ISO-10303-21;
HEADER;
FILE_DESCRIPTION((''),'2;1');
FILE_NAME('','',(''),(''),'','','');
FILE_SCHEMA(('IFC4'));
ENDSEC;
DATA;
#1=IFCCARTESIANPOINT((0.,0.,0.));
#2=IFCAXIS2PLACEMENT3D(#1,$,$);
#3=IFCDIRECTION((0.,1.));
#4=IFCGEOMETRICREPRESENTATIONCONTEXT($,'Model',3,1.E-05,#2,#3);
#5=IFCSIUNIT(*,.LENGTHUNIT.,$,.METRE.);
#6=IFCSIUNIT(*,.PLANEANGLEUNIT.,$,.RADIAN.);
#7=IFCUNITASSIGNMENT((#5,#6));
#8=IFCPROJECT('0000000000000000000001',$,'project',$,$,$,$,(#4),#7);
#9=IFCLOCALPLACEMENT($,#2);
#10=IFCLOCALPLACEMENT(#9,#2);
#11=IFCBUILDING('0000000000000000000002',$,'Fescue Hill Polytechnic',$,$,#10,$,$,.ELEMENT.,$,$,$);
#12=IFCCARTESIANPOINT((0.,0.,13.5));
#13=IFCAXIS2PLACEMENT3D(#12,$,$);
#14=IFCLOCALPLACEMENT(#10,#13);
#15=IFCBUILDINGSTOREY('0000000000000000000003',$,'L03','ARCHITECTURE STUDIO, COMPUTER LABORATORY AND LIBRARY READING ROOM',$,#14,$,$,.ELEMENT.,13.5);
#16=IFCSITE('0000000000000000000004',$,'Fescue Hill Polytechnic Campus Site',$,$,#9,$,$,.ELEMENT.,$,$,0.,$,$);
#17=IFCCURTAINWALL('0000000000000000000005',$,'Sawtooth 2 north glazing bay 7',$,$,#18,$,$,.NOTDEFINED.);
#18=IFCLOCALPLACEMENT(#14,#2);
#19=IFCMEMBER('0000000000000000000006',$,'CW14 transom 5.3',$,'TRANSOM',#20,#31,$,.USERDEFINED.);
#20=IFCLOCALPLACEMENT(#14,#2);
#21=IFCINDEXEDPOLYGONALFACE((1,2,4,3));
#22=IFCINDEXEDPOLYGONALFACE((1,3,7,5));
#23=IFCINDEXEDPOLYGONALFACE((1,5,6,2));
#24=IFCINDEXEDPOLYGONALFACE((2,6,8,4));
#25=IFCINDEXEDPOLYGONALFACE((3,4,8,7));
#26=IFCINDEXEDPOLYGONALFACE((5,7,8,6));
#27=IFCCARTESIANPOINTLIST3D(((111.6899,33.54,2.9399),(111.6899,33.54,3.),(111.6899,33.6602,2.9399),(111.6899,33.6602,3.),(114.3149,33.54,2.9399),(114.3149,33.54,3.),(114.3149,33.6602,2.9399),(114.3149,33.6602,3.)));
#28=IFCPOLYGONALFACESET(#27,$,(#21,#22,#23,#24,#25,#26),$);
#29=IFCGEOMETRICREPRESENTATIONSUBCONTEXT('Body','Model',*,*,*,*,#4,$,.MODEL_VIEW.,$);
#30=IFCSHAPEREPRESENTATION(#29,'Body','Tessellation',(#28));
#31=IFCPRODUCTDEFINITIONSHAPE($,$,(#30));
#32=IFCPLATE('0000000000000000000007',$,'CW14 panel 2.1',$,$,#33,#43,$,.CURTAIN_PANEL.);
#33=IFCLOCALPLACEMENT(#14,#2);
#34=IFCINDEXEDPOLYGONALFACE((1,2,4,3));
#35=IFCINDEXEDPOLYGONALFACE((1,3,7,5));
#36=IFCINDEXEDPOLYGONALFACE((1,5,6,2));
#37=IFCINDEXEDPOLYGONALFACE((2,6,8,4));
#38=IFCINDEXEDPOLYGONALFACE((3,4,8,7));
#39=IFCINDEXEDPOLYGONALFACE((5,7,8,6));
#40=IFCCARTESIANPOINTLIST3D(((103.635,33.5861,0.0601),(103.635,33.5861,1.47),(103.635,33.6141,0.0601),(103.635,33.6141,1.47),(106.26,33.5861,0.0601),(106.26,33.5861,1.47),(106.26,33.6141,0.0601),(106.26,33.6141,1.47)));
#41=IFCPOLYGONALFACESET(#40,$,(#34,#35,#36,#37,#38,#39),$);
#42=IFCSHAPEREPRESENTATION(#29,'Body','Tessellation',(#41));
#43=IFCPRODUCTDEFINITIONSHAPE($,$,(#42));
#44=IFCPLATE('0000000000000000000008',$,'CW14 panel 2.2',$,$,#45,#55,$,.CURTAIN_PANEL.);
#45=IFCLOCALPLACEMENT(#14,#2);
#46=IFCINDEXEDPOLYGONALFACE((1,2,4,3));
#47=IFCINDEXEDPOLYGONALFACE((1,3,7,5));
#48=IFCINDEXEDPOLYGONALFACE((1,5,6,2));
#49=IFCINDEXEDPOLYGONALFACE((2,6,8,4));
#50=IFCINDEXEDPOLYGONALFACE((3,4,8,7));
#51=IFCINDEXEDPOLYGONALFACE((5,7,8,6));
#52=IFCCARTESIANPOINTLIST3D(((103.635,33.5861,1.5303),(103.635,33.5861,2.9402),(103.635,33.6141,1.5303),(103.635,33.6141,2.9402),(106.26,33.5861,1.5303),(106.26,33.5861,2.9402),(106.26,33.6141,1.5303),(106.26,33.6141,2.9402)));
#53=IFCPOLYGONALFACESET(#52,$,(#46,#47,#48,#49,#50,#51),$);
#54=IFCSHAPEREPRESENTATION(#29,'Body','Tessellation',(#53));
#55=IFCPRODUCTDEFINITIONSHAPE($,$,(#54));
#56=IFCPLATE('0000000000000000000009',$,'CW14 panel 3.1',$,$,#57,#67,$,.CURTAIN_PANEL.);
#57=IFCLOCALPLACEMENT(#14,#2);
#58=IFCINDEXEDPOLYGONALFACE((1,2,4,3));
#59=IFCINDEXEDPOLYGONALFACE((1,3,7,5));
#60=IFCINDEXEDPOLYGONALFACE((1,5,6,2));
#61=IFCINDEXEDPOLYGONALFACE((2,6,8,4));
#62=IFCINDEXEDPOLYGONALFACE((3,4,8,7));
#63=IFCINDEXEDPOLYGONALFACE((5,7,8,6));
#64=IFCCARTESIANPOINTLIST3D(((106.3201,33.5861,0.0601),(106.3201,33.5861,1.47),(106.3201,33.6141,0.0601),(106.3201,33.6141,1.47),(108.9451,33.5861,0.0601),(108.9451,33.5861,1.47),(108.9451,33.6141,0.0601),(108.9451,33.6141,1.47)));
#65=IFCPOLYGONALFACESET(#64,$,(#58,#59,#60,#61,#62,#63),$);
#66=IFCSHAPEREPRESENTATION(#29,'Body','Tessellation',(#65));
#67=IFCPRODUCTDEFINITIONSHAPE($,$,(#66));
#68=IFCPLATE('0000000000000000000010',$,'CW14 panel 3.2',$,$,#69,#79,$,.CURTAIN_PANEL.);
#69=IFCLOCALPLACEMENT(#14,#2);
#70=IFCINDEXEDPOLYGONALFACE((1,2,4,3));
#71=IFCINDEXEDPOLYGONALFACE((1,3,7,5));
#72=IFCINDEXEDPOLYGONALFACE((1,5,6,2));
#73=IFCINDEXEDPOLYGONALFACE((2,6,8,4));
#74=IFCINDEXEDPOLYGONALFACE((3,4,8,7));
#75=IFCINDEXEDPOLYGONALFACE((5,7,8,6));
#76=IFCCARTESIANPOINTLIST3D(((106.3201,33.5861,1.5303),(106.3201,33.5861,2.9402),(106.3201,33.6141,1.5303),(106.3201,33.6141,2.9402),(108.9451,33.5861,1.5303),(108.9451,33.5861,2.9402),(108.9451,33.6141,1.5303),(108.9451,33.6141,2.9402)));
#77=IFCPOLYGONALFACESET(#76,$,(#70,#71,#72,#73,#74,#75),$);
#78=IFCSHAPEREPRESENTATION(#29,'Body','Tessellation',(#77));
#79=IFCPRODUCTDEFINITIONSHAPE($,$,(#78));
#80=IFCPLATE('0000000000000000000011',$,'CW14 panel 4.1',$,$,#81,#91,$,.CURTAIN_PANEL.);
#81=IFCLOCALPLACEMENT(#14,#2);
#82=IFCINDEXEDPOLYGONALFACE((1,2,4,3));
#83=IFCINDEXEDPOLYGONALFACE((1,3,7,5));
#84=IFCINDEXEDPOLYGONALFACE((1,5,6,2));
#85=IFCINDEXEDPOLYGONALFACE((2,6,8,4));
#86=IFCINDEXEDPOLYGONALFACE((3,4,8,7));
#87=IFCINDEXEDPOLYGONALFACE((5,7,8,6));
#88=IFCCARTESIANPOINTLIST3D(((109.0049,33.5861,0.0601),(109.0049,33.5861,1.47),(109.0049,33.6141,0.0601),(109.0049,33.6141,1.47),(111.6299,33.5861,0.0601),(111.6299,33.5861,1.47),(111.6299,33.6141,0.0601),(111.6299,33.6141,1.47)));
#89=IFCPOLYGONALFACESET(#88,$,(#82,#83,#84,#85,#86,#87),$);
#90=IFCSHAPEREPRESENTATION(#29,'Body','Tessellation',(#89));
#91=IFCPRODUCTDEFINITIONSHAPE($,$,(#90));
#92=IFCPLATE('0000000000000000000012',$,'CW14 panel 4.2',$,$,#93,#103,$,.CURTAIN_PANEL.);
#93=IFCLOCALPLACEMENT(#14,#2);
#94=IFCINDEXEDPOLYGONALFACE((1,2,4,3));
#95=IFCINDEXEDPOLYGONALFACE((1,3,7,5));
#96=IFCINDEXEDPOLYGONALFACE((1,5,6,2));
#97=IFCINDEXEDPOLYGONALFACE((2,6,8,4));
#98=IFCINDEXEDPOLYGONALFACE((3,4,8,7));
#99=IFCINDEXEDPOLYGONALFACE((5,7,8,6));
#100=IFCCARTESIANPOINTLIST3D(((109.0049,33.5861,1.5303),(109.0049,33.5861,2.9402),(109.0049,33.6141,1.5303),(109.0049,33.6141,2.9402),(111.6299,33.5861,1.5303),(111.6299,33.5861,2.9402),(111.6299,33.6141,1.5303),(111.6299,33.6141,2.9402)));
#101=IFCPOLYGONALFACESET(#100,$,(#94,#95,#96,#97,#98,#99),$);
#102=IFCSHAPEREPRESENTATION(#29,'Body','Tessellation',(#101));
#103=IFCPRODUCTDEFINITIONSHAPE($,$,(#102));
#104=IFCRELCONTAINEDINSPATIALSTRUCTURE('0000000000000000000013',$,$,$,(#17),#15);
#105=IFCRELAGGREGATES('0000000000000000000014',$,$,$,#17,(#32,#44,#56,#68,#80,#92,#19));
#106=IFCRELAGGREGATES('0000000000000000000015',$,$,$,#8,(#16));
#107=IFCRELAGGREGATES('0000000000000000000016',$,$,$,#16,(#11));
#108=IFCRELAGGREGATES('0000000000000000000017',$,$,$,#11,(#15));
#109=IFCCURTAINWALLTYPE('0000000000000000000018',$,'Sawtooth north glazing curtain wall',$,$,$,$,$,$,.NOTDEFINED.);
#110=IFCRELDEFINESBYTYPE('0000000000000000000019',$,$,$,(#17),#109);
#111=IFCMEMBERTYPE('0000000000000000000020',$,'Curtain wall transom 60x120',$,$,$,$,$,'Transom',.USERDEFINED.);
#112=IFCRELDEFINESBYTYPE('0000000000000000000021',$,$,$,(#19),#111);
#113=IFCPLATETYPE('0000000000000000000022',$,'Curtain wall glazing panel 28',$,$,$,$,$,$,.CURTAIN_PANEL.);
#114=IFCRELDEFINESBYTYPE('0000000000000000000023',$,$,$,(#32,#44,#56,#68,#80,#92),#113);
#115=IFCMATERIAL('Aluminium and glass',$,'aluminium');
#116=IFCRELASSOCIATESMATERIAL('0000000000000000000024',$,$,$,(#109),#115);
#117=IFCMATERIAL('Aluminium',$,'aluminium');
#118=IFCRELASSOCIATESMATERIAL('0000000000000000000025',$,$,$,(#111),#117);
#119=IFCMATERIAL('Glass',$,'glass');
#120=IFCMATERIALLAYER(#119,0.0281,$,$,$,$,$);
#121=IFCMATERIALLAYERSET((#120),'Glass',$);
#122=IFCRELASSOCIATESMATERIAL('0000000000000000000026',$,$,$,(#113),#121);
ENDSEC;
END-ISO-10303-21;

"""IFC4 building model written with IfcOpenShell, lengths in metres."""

from ifc_helpers import new_model, si_unit, direction, frame, origin, origin_2d, place, context, subcontext, project, spatial, rectangle, extrude, material, layer, layer_set, material_profile, profile_set, type_object, element, aggregate, save


model = new_model("IFC4")

# Units and contexts
model_context = context("Model", 3, precision=1e-05, world=origin(), true_north=direction((0.0, 1.0)))
body_context = subcontext(model_context, "Body", "Model", "MODEL_VIEW")
ifc_project = project(units=[si_unit("LENGTHUNIT", "METRE"), si_unit("PLANEANGLEUNIT", "RADIAN")], contexts=[model_context])

# Site, building, storey
site_placement = place(None, origin())
site = spatial("IfcSite", under=ifc_project, at=site_placement, Name="Fescue Hill Polytechnic Campus Site", CompositionType="ELEMENT", RefElevation=0.0)
building_placement = place(site_placement, origin())
building = spatial("IfcBuilding", under=site, at=building_placement, Name="Fescue Hill Polytechnic", CompositionType="ELEMENT")
storey_placement = place(building_placement, frame((0.0, 0.0, 13.5)))
storey = spatial("IfcBuildingStorey", under=building, at=storey_placement, Name="L03", Description="ARCHITECTURE STUDIO, COMPUTER LABORATORY AND LIBRARY READING ROOM", CompositionType="ELEMENT", Elevation=13.5)

# Curtain wall
ifc_material_1 = material(Name="Aluminium and glass", Category="aluminium")
curtain_wall_type = type_object("IfcCurtainWallType", Name="Sawtooth north glazing curtain wall", PredefinedType="NOTDEFINED", material=ifc_material_1)
curtain_wall_1_placement = place(storey_placement, origin())
curtain_wall_1 = element("IfcCurtainWall", 1, at=curtain_wall_1_placement, inside=storey, type_object=curtain_wall_type, Name="Sawtooth 2 north glazing bay 7", PredefinedType="NOTDEFINED")
ifc_material_2 = material(Name="Aluminium", Category="aluminium")
ifc_material_profile_1 = material_profile(ifc_material_2, rectangle(XDim=0.1201, YDim=0.0601, at=origin_2d()), Name="Curtain wall transom 60x120")
ifc_profile_set_1 = profile_set([ifc_material_profile_1], Name="Aluminium")
member_type_1 = type_object("IfcMemberType", Name="Curtain wall transom 60x120", ElementType="Transom", PredefinedType="USERDEFINED", material=ifc_profile_set_1)

# Member
member_1_placement = place(storey_placement, frame((111.6899, 33.6001, 2.97), z_axis=(1.0, 0.0, 0.0), x_axis=(0.0, 1.0, 0.0)))
member_1 = element("IfcMember", 2, at=member_1_placement, type_object=member_type_1, Name="CW14 transom 5.3", ObjectType="TRANSOM", PredefinedType="USERDEFINED", context=body_context, shape_type="SweptSolid", body=[
    extrude(rectangle(XDim=0.1201, YDim=0.0601, at=origin_2d()), origin(), (0.0, 0.0, 1.0), 2.625),
])

# Plates
ifc_material_3 = material(Name="Glass", Category="glass")
ifc_layer = layer(ifc_material_3, 0.0281)
ifc_layer_set = layer_set([ifc_layer], Name="Glass")
plate_type = type_object("IfcPlateType", Name="Curtain wall glazing panel 28", PredefinedType="CURTAIN_PANEL", material=ifc_layer_set)
plate_1_placement = place(storey_placement, frame((104.9475, 33.6001, 0.0601), z_axis=(0.0, 0.0, 1.0), x_axis=(1.0, 0.0, 0.0)))
plate_1 = element("IfcPlate", 3, at=plate_1_placement, type_object=plate_type, Name="CW14 panel 2.1", PredefinedType="CURTAIN_PANEL", context=body_context, shape_type="SweptSolid", body=[
    extrude(rectangle(XDim=2.625, YDim=0.0281, at=origin_2d()), origin(), (0.0, 0.0, 1.0), 1.4099),
])
plate_2_placement = place(storey_placement, frame((104.9475, 33.6001, 1.5303), z_axis=(0.0, 0.0, 1.0), x_axis=(1.0, 0.0, 0.0)))
plate_2 = element("IfcPlate", 4, at=plate_2_placement, type_object=plate_type, Name="CW14 panel 2.2", PredefinedType="CURTAIN_PANEL", context=body_context, shape_type="SweptSolid", body=[
    extrude(rectangle(XDim=2.625, YDim=0.0281, at=origin_2d()), origin(), (0.0, 0.0, 1.0), 1.4099),
])
plate_3_placement = place(storey_placement, frame((107.6326, 33.6001, 0.0601), z_axis=(0.0, 0.0, 1.0), x_axis=(1.0, 0.0, 0.0)))
plate_3 = element("IfcPlate", 5, at=plate_3_placement, type_object=plate_type, Name="CW14 panel 3.1", PredefinedType="CURTAIN_PANEL", context=body_context, shape_type="SweptSolid", body=[
    extrude(rectangle(XDim=2.625, YDim=0.0281, at=origin_2d()), origin(), (0.0, 0.0, 1.0), 1.4099),
])
plate_4_placement = place(storey_placement, frame((107.6326, 33.6001, 1.5303), z_axis=(0.0, 0.0, 1.0), x_axis=(1.0, 0.0, 0.0)))
plate_4 = element("IfcPlate", 6, at=plate_4_placement, type_object=plate_type, Name="CW14 panel 3.2", PredefinedType="CURTAIN_PANEL", context=body_context, shape_type="SweptSolid", body=[
    extrude(rectangle(XDim=2.625, YDim=0.0281, at=origin_2d()), origin(), (0.0, 0.0, 1.0), 1.4099),
])
plate_5_placement = place(storey_placement, frame((110.3174, 33.6001, 0.0601), z_axis=(0.0, 0.0, 1.0), x_axis=(1.0, 0.0, 0.0)))
plate_5 = element("IfcPlate", 7, at=plate_5_placement, type_object=plate_type, Name="CW14 panel 4.1", PredefinedType="CURTAIN_PANEL", context=body_context, shape_type="SweptSolid", body=[
    extrude(rectangle(XDim=2.625, YDim=0.0281, at=origin_2d()), origin(), (0.0, 0.0, 1.0), 1.4099),
])
plate_6_placement = place(storey_placement, frame((110.3174, 33.6001, 1.5303), z_axis=(0.0, 0.0, 1.0), x_axis=(1.0, 0.0, 0.0)))
plate_6 = element("IfcPlate", 8, at=plate_6_placement, type_object=plate_type, Name="CW14 panel 4.2", PredefinedType="CURTAIN_PANEL", context=body_context, shape_type="SweptSolid", body=[
    extrude(rectangle(XDim=2.625, YDim=0.0281, at=origin_2d()), origin(), (0.0, 0.0, 1.0), 1.4099),
])
aggregate(curtain_wall_1, [plate_1, plate_2, plate_3, plate_4, plate_5, plate_6, member_1])

save(model, "model.ifc")
